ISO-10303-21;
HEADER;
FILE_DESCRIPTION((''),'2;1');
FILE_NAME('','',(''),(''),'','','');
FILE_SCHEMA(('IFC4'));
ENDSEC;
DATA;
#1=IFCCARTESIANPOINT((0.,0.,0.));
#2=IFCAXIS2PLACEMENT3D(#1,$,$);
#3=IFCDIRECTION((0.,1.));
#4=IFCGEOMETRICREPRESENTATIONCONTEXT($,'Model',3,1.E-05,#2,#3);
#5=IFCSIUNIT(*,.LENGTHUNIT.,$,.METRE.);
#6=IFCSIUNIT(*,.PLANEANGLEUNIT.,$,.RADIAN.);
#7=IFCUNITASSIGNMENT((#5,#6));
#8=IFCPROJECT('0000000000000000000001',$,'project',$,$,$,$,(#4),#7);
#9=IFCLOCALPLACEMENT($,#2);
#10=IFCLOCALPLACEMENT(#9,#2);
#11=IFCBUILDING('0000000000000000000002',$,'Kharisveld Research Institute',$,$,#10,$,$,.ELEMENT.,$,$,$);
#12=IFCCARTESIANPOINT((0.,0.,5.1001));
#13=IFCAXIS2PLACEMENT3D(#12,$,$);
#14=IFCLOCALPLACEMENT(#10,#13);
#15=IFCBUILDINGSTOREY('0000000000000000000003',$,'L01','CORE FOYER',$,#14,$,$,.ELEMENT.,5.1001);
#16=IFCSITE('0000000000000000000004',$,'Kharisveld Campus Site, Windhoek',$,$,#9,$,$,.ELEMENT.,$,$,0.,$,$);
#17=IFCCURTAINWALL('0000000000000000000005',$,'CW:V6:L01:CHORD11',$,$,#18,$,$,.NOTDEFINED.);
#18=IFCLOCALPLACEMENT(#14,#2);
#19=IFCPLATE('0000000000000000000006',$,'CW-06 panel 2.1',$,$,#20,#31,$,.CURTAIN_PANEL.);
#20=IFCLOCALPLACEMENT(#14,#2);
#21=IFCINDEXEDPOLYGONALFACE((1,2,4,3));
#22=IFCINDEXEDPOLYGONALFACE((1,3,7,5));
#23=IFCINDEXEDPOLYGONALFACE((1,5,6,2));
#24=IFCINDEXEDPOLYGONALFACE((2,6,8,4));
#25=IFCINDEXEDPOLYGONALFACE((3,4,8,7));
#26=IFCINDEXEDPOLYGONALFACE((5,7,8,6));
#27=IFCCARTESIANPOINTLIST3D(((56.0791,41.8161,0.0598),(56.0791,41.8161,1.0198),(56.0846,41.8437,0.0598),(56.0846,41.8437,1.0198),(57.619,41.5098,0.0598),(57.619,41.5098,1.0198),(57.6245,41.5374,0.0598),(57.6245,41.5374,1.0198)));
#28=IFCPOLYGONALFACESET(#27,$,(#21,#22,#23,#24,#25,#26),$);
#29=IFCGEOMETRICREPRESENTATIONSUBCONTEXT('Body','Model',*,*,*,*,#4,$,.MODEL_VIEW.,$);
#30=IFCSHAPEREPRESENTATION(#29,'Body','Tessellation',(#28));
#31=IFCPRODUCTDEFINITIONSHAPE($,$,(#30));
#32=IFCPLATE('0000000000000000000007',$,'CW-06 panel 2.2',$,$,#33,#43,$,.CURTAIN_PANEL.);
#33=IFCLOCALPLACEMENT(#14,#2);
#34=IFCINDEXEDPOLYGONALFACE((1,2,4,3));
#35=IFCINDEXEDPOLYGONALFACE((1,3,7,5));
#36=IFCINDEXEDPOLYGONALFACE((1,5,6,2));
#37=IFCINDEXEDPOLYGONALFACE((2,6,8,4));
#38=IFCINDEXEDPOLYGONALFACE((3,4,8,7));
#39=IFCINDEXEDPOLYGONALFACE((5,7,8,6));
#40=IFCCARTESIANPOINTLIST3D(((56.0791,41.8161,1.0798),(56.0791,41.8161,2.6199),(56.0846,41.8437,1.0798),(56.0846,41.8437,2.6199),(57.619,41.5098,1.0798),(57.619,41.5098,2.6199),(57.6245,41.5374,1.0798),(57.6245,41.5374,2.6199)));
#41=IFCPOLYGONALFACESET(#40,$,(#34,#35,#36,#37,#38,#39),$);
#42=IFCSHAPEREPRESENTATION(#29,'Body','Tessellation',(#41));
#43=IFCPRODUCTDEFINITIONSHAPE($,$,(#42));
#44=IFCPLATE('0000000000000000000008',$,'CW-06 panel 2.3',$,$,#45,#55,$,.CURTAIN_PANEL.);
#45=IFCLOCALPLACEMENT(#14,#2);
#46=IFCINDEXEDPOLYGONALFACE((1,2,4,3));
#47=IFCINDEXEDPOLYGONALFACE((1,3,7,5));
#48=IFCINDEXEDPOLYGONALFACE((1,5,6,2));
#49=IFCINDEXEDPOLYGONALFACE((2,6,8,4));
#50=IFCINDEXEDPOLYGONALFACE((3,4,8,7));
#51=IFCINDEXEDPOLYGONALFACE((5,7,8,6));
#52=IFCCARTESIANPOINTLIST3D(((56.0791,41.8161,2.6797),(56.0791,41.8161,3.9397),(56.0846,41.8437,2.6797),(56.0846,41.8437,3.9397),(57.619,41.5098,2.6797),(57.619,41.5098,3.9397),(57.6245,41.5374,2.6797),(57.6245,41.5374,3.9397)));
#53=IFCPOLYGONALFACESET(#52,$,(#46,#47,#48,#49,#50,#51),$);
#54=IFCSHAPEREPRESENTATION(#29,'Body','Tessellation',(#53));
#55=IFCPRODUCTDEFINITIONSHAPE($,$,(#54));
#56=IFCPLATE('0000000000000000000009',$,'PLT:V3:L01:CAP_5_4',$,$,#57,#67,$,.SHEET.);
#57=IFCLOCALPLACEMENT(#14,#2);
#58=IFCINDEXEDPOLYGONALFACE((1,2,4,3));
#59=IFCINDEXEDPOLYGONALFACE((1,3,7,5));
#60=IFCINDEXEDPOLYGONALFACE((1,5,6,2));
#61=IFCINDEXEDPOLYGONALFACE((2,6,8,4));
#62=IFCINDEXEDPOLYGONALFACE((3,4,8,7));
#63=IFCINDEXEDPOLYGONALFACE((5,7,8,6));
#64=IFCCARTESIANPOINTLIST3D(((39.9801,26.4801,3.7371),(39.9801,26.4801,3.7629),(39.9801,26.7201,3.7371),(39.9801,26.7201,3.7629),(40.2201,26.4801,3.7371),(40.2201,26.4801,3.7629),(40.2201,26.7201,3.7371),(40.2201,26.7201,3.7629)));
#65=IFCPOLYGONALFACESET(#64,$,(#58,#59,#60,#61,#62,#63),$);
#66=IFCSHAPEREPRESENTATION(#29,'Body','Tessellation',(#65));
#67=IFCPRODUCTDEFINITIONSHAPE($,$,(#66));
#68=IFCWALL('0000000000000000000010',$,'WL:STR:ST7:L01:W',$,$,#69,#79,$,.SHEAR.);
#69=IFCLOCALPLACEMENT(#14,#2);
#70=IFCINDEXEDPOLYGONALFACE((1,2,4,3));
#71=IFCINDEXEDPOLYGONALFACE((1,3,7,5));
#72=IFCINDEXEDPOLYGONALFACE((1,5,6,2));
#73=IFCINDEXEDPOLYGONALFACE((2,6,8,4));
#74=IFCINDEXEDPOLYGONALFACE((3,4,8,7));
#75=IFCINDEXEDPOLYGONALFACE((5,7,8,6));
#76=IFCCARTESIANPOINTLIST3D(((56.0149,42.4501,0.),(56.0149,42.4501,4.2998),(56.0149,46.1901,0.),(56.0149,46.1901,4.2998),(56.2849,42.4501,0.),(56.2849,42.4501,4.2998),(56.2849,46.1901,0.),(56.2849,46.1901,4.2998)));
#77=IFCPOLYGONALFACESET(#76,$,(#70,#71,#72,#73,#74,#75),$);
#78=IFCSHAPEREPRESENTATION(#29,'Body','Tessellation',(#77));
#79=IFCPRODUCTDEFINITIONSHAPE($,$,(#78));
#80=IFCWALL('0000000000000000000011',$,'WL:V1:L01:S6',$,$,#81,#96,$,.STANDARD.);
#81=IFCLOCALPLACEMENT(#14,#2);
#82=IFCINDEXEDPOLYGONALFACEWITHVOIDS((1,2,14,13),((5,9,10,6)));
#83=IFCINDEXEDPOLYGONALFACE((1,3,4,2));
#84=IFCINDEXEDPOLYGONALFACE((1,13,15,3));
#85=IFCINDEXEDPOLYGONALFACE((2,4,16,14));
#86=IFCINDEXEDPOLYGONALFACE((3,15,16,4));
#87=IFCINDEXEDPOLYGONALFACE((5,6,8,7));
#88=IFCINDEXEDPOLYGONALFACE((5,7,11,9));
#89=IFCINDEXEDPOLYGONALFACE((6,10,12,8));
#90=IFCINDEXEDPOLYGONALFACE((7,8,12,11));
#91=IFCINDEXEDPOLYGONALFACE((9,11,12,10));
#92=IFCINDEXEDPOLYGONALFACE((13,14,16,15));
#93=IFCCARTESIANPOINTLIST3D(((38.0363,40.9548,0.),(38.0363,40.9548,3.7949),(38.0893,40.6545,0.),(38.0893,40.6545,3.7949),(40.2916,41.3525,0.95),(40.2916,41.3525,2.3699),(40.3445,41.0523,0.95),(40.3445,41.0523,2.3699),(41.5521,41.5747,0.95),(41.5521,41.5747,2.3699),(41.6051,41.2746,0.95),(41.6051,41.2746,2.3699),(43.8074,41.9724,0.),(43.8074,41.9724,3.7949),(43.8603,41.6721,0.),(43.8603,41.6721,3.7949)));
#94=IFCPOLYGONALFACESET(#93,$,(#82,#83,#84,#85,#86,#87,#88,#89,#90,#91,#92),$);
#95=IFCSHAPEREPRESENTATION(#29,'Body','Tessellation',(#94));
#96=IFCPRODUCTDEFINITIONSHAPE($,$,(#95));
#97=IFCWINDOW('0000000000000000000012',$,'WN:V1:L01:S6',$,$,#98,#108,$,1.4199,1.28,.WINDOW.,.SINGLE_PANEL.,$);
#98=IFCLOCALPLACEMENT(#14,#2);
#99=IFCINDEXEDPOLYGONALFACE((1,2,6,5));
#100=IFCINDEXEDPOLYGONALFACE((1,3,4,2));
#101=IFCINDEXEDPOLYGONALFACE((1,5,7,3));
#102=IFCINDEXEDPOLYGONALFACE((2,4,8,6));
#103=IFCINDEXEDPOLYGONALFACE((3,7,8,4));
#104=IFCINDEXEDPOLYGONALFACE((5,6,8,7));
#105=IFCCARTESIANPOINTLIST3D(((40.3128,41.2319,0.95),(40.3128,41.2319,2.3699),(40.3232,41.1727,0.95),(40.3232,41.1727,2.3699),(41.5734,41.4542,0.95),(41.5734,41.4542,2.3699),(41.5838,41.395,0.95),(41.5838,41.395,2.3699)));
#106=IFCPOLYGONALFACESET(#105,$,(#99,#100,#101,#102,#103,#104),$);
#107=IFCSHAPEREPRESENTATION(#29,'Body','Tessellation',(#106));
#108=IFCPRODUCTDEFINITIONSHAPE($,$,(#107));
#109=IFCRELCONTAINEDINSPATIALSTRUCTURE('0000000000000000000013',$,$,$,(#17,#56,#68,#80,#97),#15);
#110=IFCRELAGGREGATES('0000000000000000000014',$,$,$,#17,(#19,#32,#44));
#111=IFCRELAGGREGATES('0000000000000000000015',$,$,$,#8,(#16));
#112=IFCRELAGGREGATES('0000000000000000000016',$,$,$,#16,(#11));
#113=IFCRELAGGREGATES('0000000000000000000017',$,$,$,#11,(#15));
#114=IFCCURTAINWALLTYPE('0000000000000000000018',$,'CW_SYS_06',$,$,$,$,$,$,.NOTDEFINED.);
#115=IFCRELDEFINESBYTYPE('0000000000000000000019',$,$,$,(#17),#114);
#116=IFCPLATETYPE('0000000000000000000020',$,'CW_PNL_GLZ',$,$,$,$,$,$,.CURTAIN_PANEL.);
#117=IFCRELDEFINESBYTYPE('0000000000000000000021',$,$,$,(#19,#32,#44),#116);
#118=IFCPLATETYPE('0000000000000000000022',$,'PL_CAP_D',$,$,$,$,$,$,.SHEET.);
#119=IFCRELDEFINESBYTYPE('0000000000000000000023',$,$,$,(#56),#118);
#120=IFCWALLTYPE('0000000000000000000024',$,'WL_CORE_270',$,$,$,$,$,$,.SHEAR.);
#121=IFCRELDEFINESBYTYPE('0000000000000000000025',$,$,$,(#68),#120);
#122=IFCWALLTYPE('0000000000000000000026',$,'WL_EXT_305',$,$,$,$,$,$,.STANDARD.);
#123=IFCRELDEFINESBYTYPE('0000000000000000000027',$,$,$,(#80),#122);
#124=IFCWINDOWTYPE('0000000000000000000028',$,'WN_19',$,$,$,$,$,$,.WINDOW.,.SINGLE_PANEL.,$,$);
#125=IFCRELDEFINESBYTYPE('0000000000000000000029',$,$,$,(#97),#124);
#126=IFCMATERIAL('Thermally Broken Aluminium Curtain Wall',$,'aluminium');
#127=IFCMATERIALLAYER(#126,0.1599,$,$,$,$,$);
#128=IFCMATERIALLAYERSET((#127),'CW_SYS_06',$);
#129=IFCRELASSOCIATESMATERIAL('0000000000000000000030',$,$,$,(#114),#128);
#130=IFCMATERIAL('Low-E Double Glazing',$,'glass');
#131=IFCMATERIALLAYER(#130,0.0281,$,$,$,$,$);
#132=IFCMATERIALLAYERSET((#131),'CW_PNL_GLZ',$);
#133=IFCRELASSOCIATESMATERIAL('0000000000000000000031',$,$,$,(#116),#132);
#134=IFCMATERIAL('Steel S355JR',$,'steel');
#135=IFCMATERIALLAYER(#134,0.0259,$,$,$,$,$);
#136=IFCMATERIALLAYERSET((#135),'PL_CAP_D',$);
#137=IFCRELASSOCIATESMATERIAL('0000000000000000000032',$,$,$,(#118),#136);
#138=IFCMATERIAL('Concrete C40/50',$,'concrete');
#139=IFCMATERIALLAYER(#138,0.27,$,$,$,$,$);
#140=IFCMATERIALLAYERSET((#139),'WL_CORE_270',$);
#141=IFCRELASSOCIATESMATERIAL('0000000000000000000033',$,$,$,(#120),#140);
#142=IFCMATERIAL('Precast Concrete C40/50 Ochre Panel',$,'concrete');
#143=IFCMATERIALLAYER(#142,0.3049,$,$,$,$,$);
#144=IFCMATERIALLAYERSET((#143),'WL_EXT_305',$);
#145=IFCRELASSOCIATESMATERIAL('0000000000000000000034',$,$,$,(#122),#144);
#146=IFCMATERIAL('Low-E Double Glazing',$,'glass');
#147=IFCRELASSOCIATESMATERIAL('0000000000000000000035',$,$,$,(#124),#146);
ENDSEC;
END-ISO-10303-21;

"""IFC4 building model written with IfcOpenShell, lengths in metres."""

from ifc_helpers import new_model, si_unit, direction, frame, frame_2d, origin, origin_2d, place, context, subcontext, project, spatial, rectangle, extrude, material, layer, layer_set, type_object, element, fill, aggregate, save


model = new_model("IFC4")

# Units and contexts
model_context = context("Model", 3, precision=1e-05, world=origin(), true_north=direction((0.0, 1.0)))
body_context = subcontext(model_context, "Body", "Model", "MODEL_VIEW")
ifc_project = project(units=[si_unit("LENGTHUNIT", "METRE"), si_unit("PLANEANGLEUNIT", "RADIAN")], contexts=[model_context])

# Site, building, storey
site_placement = place(None, origin())
site = spatial("IfcSite", under=ifc_project, at=site_placement, Name="Kharisveld Campus Site, Windhoek", CompositionType="ELEMENT", RefElevation=0.0)
building_placement = place(site_placement, origin())
building = spatial("IfcBuilding", under=site, at=building_placement, Name="Kharisveld Research Institute", CompositionType="ELEMENT")
storey_placement = place(building_placement, frame((0.0, 0.0, 5.1001)))
storey = spatial("IfcBuildingStorey", under=building, at=storey_placement, Name="L01", Description="CORE FOYER", CompositionType="ELEMENT", Elevation=5.1001)

# Curtain wall
ifc_material_1 = material(Name="Thermally Broken Aluminium Curtain Wall", Category="aluminium")
ifc_layer_1 = layer(ifc_material_1, 0.1599)
ifc_layer_set_1 = layer_set([ifc_layer_1], Name="CW_SYS_06")
curtain_wall_type_1 = type_object("IfcCurtainWallType", Name="CW_SYS_06", PredefinedType="NOTDEFINED", material=ifc_layer_set_1)
curtain_wall_1_placement = place(storey_placement, origin())
curtain_wall_1 = element("IfcCurtainWall", 1, at=curtain_wall_1_placement, inside=storey, type_object=curtain_wall_type_1, Name="CW:V6:L01:CHORD11", PredefinedType="NOTDEFINED")

# Plates
ifc_material_2 = material(Name="Low-E Double Glazing", Category="glass")
ifc_layer_2 = layer(ifc_material_2, 0.0281)
ifc_layer_set_2 = layer_set([ifc_layer_2], Name="CW_PNL_GLZ")
plate_type_1 = type_object("IfcPlateType", Name="CW_PNL_GLZ", PredefinedType="CURTAIN_PANEL", material=ifc_layer_set_2)
plate_1_placement = place(storey_placement, frame((56.8518, 41.6768, 0.0598), z_axis=(0.0, 0.0, 1.0), x_axis=(-0.980785, 0.195091, 0.0)))
plate_1 = element("IfcPlate", 2, at=plate_1_placement, type_object=plate_type_1, Name="CW-06 panel 2.1", PredefinedType="CURTAIN_PANEL", context=body_context, shape_type="SweptSolid", body=[
    extrude(rectangle(XDim=1.5701, YDim=0.0281, at=origin_2d()), origin(), (0.0, 0.0, 1.0), 0.96),
])
plate_2_placement = place(storey_placement, frame((56.8518, 41.6768, 1.0798), z_axis=(0.0, 0.0, 1.0), x_axis=(-0.980785, 0.195091, 0.0)))
plate_2 = element("IfcPlate", 3, at=plate_2_placement, type_object=plate_type_1, Name="CW-06 panel 2.2", PredefinedType="CURTAIN_PANEL", context=body_context, shape_type="SweptSolid", body=[
    extrude(rectangle(XDim=1.5701, YDim=0.0281, at=origin_2d()), origin(), (0.0, 0.0, 1.0), 1.54),
])
plate_3_placement = place(storey_placement, frame((56.8518, 41.6768, 2.6797), z_axis=(0.0, 0.0, 1.0), x_axis=(-0.980785, 0.195091, 0.0)))
plate_3 = element("IfcPlate", 4, at=plate_3_placement, type_object=plate_type_1, Name="CW-06 panel 2.3", PredefinedType="CURTAIN_PANEL", context=body_context, shape_type="SweptSolid", body=[
    extrude(rectangle(XDim=1.5701, YDim=0.0281, at=origin_2d()), origin(), (0.0, 0.0, 1.0), 1.26),
])
aggregate(curtain_wall_1, [plate_1, plate_2, plate_3])
ifc_material_3 = material(Name="Steel S355JR", Category="steel")
ifc_layer_3 = layer(ifc_material_3, 0.0259)
ifc_layer_set_3 = layer_set([ifc_layer_3], Name="PL_CAP_D")
plate_type_2 = type_object("IfcPlateType", Name="PL_CAP_D", PredefinedType="SHEET", material=ifc_layer_set_3)
plate_4_placement = place(storey_placement, frame((40.1001, 26.6001, 3.7371), z_axis=(0.0, 0.0, 1.0), x_axis=(1.0, 0.0, 0.0)))
element("IfcPlate", 5, at=plate_4_placement, inside=storey, type_object=plate_type_2, Name="PLT:V3:L01:CAP_5_4", PredefinedType="SHEET", context=body_context, shape_type="SweptSolid", body=[
    extrude(rectangle(XDim=0.24, YDim=0.24, at=origin_2d()), origin(), (0.0, 0.0, 1.0), 0.0259),
])

# Wall
ifc_material_4 = material(Name="Concrete C40/50", Category="concrete")
ifc_layer_4 = layer(ifc_material_4, 0.27)
ifc_layer_set_4 = layer_set([ifc_layer_4], Name="WL_CORE_270")
wall_type_1 = type_object("IfcWallType", Name="WL_CORE_270", PredefinedType="SHEAR", material=ifc_layer_set_4)
wall_1_placement = place(storey_placement, frame((56.1499, 42.45, 0.0), z_axis=(0.0, 0.0, 1.0), x_axis=(0.0, 1.0, 0.0)))
element("IfcWall", 6, at=wall_1_placement, inside=storey, type_object=wall_type_1, Name="WL:STR:ST7:L01:W", PredefinedType="SHEAR", context=body_context, shape_type="SweptSolid", body=[
    extrude(rectangle(XDim=3.74, YDim=0.27, at=frame_2d((1.8701, 0.0))), origin(), (0.0, 0.0, 1.0), 4.2998),
])

# Wall, opening, window
ifc_material_5 = material(Name="Precast Concrete C40/50 Ochre Panel", Category="concrete")
ifc_layer_5 = layer(ifc_material_5, 0.3049)
ifc_layer_set_5 = layer_set([ifc_layer_5], Name="WL_EXT_305")
wall_type_2 = type_object("IfcWallType", Name="WL_EXT_305", PredefinedType="STANDARD", material=ifc_layer_set_5)
wall_2_placement = place(storey_placement, frame((43.834, 41.8223, 0.0), z_axis=(0.0, 0.0, 1.0), x_axis=(-0.984808, -0.173647, 0.0)))
wall_2 = element("IfcWall", 7, at=wall_2_placement, inside=storey, type_object=wall_type_2, Name="WL:V1:L01:S6", PredefinedType="STANDARD", context=body_context, shape_type="SweptSolid", body=[
    extrude(rectangle(XDim=5.8601, YDim=0.3049, at=frame_2d((2.9302, 0.0))), origin(), (0.0, 0.0, 1.0), 3.7949),
])
opening_placement = place(wall_2_placement, frame((2.29, 0.0, 0.95)))
opening = element("IfcOpeningElement", 8, at=opening_placement, cuts=wall_2, PredefinedType="OPENING", context=body_context, shape_type="SweptSolid", body=[
    extrude(rectangle(XDim=1.28, YDim=1.4199, at=frame_2d((0.6401, 0.71))), frame((0.0, 0.1523, 0.0), z_axis=(0.0, -1.0, 0.0), x_axis=(1.0, 0.0, 0.0)), (0.0, 0.0, 1.0), 0.3049),
])
ifc_material_6 = material(Name="Low-E Double Glazing", Category="glass")
window_type = type_object("IfcWindowType", Name="WN_19", PartitioningType="SINGLE_PANEL", PredefinedType="WINDOW", material=ifc_material_6)
window_placement = place(opening_placement, origin())
window = element("IfcWindow", 9, at=window_placement, inside=storey, type_object=window_type, Name="WN:V1:L01:S6", OverallHeight=1.4199, OverallWidth=1.28, PartitioningType="SINGLE_PANEL", PredefinedType="WINDOW", context=body_context, shape_type="SweptSolid", body=[
    extrude(rectangle(XDim=1.28, YDim=1.4199, at=frame_2d((0.6401, 0.71))), frame((0.0, 0.03, 0.0), z_axis=(0.0, -1.0, 0.0), x_axis=(1.0, 0.0, 0.0)), (0.0, 0.0, 1.0), 0.0601),
])
fill(opening, window)

save(model, "model.ifc")
